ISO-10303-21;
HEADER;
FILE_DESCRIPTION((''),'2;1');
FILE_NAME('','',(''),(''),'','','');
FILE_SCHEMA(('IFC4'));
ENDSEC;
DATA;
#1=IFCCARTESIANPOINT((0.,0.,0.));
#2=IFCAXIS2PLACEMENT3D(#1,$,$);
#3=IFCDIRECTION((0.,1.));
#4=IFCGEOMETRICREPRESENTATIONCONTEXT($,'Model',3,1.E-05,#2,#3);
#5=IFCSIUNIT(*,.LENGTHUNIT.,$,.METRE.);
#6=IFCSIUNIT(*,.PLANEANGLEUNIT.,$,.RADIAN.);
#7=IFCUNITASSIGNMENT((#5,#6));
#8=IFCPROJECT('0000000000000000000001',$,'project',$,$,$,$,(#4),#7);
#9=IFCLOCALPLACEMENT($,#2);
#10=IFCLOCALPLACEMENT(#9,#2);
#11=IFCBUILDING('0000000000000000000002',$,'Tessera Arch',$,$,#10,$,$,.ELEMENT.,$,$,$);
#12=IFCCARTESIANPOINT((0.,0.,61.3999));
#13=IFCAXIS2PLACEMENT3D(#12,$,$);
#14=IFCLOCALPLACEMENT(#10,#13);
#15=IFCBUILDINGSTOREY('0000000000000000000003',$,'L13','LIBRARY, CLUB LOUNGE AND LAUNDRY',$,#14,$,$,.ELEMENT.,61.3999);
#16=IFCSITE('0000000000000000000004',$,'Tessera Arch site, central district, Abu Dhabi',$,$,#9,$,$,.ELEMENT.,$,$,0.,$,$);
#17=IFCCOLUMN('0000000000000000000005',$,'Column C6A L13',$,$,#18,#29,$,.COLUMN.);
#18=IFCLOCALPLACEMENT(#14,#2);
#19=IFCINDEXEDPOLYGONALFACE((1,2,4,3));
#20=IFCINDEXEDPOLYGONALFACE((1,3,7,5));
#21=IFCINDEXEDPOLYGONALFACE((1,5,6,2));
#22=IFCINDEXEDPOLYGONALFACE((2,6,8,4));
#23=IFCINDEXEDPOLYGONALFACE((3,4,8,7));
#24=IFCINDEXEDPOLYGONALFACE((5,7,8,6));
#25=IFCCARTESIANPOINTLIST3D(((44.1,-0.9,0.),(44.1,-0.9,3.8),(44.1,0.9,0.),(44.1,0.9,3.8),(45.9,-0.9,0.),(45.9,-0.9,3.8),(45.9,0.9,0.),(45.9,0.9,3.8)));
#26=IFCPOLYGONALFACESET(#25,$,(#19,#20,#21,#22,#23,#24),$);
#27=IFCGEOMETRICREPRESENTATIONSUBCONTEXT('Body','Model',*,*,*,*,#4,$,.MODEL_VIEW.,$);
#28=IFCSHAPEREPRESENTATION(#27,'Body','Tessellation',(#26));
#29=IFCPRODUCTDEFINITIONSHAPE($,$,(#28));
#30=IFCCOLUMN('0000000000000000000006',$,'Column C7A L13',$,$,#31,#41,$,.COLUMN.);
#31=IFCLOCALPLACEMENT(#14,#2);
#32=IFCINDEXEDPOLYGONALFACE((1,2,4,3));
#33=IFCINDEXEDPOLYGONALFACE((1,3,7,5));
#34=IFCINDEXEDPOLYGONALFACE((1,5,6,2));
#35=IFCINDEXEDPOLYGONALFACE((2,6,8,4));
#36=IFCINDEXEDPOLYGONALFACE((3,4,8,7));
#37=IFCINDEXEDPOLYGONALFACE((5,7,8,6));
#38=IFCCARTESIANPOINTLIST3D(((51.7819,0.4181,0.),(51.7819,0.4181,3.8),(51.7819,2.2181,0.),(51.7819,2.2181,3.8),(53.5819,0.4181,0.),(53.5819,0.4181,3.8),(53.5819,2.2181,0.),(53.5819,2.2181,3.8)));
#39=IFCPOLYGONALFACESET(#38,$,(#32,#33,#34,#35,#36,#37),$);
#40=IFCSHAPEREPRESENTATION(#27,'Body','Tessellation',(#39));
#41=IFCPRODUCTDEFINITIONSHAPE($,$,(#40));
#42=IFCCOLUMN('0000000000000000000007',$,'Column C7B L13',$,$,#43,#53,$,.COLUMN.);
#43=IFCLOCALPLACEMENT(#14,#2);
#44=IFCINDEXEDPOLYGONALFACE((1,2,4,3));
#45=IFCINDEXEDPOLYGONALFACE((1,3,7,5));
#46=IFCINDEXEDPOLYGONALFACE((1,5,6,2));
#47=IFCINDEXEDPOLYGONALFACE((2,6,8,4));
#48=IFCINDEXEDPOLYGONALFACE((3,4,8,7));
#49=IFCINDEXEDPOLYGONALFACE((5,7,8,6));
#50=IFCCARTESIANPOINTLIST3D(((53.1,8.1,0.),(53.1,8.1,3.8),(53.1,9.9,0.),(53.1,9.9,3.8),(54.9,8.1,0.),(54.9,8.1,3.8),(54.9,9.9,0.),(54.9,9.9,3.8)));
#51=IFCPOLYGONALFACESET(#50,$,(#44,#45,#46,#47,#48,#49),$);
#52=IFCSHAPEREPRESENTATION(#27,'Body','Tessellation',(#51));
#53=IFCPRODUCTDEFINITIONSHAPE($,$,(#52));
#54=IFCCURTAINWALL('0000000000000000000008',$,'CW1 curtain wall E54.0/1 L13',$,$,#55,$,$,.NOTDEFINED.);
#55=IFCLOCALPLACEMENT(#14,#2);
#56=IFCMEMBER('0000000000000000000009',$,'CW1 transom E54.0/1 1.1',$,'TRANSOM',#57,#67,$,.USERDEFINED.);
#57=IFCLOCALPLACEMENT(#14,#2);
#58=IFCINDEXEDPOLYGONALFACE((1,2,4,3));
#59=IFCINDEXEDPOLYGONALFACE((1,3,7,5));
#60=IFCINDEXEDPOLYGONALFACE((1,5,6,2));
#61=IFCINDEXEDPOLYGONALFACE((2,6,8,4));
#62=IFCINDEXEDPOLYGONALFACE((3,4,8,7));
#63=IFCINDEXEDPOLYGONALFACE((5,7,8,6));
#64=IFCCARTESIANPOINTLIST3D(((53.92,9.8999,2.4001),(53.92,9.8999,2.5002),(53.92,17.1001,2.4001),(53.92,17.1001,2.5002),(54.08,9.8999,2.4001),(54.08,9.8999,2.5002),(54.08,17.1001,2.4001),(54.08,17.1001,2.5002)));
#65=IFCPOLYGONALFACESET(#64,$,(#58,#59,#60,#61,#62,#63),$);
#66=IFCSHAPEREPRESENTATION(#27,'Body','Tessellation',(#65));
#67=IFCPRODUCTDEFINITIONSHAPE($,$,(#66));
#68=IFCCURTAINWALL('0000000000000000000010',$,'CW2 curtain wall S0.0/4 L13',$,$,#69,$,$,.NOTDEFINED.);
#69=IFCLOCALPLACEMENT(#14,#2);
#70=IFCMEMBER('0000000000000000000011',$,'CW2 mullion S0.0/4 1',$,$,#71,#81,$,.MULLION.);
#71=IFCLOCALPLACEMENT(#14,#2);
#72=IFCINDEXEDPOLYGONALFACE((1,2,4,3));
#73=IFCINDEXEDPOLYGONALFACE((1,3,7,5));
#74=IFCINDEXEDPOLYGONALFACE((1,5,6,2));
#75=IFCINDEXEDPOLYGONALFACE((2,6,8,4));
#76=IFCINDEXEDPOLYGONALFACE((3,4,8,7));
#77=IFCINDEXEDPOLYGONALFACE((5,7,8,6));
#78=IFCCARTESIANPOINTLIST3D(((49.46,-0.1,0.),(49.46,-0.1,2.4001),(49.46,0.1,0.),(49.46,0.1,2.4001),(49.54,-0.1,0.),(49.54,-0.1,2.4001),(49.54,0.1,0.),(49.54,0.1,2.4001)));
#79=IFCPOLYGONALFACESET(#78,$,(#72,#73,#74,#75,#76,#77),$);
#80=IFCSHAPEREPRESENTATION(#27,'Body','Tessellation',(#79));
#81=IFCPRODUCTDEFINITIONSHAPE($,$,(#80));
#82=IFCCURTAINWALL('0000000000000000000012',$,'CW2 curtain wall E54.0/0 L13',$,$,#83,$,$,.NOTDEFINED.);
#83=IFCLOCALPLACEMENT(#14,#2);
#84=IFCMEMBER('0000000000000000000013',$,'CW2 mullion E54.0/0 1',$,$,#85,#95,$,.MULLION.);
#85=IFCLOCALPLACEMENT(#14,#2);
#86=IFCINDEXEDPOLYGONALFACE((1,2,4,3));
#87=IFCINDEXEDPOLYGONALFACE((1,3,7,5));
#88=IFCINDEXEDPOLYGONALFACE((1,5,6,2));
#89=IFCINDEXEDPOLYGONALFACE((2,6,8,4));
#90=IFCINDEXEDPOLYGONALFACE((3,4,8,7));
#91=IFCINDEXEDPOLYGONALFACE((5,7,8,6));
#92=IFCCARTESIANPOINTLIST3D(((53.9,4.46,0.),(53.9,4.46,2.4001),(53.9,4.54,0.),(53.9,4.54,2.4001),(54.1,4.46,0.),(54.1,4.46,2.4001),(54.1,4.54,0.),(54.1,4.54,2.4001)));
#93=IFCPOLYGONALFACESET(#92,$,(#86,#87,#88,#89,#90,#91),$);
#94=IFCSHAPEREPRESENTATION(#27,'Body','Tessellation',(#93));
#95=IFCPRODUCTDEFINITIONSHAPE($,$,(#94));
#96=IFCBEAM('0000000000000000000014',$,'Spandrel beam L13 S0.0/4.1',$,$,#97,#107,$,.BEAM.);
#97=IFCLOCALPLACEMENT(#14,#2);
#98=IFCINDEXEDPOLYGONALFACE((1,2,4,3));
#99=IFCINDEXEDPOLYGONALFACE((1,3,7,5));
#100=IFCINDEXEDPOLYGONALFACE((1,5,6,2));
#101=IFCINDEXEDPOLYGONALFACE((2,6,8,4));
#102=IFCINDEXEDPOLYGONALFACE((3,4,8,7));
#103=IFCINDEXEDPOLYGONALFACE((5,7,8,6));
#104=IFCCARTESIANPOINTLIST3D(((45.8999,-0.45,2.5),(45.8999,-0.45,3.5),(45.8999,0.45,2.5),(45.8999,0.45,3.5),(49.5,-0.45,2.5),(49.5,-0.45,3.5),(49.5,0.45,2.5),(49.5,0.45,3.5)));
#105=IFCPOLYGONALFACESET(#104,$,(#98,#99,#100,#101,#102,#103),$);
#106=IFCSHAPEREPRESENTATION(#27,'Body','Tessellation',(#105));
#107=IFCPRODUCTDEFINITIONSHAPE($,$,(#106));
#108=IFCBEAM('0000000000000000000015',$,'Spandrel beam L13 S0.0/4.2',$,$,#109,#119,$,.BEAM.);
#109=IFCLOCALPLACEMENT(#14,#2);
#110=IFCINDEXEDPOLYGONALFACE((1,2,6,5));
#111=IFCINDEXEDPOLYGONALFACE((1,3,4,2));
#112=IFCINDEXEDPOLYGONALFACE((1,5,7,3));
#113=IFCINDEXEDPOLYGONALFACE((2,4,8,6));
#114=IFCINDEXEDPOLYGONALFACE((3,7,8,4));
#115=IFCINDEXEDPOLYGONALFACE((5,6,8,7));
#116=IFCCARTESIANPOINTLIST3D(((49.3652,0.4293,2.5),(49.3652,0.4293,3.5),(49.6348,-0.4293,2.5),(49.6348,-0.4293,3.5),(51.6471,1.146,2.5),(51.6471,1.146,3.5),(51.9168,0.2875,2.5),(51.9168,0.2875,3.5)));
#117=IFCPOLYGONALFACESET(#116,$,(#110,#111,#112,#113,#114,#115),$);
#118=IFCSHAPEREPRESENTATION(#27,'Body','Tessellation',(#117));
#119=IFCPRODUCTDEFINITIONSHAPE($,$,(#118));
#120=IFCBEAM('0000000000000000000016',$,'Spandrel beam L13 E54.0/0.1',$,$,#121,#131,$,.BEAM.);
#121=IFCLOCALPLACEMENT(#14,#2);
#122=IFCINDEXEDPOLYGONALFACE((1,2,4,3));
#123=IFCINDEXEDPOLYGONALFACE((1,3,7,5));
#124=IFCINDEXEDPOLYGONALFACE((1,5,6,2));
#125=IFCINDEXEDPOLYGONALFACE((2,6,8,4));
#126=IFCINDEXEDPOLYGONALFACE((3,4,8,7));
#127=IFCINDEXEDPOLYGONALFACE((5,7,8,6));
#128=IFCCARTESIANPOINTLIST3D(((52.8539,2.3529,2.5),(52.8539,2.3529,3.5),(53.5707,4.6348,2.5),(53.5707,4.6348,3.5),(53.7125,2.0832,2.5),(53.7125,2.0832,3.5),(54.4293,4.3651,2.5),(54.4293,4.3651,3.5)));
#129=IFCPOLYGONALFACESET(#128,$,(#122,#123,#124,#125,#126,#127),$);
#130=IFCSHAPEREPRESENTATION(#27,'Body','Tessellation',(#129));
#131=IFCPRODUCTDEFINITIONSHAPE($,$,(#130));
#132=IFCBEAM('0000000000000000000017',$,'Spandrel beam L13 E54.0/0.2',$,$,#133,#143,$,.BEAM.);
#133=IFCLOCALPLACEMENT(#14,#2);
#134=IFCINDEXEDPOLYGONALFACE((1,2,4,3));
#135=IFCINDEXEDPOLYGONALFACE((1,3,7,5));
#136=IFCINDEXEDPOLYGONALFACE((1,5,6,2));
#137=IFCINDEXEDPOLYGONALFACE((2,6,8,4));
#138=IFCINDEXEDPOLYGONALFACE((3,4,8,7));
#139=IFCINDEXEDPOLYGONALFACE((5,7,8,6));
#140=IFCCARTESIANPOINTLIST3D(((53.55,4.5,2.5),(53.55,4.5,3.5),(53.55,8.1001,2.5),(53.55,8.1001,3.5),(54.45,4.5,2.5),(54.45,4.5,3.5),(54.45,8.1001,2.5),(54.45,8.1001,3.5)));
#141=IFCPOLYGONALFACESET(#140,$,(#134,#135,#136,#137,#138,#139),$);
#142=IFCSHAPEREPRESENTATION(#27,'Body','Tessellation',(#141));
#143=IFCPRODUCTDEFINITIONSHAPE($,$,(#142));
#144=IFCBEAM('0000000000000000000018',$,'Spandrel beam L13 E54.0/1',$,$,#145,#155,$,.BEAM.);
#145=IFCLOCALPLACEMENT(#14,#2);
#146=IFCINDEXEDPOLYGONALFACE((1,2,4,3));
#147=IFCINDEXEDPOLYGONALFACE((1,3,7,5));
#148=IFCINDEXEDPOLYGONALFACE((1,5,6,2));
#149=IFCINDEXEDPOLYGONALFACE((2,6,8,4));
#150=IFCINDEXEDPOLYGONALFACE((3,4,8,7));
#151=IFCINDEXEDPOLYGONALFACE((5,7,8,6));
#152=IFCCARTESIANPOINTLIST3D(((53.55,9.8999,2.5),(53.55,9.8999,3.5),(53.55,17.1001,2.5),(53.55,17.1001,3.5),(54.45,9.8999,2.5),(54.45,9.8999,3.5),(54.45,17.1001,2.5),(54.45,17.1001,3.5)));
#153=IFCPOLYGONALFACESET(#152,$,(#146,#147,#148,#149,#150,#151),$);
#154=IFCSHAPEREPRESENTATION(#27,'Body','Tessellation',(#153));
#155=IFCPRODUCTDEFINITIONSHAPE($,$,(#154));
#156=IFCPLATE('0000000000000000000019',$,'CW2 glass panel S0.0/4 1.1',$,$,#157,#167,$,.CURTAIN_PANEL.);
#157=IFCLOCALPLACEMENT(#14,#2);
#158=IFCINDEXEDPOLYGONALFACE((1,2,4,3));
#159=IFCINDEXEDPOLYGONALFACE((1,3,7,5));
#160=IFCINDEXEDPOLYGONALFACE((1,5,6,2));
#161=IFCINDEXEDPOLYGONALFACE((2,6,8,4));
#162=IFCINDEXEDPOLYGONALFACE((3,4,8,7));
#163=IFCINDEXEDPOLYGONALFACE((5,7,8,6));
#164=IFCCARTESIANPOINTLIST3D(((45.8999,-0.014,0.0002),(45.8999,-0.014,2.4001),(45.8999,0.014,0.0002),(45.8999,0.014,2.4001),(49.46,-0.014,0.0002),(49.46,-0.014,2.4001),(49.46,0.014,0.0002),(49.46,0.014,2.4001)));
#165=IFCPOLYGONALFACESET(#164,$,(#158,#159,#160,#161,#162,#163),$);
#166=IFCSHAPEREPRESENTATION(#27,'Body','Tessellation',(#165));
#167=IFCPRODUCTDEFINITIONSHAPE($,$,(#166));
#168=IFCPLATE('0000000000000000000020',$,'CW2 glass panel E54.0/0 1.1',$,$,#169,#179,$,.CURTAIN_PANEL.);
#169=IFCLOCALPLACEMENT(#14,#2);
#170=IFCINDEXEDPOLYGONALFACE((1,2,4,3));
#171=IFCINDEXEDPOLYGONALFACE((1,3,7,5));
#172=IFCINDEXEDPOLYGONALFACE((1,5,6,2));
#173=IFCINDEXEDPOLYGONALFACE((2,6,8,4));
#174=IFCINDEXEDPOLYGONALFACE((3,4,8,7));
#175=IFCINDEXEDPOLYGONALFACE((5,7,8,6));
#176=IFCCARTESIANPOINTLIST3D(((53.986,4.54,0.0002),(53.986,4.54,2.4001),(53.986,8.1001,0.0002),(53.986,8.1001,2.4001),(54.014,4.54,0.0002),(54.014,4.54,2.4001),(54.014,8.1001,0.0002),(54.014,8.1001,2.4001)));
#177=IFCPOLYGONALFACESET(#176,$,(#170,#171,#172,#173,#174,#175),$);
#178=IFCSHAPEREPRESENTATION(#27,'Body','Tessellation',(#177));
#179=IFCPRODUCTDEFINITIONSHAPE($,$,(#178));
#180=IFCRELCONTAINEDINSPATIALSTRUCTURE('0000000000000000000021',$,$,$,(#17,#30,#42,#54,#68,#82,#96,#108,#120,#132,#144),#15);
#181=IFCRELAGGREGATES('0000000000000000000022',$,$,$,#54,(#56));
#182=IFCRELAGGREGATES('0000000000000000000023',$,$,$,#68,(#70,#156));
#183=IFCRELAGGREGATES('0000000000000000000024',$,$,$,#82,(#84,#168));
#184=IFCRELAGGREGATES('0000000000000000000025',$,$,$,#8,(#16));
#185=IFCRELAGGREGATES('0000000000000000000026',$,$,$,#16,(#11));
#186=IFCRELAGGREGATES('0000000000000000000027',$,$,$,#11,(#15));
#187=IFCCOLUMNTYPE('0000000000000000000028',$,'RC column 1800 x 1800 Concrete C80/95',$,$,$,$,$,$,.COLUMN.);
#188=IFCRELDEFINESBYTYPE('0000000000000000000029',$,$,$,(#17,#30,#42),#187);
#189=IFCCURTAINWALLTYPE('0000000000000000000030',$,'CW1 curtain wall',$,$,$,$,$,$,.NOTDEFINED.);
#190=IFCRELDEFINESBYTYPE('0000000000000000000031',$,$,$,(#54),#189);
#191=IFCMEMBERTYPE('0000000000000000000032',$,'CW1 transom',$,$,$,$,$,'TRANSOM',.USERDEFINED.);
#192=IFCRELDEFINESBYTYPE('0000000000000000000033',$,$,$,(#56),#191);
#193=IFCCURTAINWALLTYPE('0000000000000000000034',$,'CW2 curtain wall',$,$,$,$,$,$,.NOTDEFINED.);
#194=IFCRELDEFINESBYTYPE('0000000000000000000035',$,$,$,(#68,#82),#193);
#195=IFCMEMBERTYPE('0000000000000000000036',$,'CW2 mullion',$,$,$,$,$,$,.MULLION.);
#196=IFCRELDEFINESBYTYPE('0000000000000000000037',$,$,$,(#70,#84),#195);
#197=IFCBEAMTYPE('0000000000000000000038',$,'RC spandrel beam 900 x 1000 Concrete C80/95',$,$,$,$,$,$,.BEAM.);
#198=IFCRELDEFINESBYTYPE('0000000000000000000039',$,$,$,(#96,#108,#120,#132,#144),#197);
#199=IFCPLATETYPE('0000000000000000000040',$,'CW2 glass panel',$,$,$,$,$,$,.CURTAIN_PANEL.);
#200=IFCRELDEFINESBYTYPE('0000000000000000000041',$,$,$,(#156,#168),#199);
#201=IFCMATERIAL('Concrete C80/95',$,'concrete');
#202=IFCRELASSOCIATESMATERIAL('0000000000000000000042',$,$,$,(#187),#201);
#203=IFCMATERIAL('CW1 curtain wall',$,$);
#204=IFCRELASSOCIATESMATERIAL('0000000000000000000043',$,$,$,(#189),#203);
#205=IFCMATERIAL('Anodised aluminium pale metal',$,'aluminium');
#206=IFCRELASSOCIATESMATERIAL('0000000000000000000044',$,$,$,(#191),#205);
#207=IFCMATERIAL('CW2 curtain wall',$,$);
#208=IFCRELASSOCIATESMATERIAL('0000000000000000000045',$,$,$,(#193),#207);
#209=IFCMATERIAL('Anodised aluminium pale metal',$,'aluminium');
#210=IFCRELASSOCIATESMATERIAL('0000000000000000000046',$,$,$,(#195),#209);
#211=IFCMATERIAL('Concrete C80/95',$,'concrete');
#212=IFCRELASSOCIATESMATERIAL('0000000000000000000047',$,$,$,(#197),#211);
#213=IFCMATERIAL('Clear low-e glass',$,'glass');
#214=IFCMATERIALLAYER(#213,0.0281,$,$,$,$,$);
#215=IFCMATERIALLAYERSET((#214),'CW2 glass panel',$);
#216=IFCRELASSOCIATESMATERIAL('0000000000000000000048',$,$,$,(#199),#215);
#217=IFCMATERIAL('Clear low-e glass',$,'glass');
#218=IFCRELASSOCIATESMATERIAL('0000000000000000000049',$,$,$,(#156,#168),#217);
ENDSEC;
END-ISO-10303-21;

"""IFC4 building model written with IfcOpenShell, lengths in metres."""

from ifc_helpers import new_model, si_unit, direction, frame, origin, origin_2d, place, context, subcontext, project, spatial, rectangle, extrude, material, layer, layer_set, material_profile, profile_set, type_object, element, aggregate, save


model = new_model("IFC4")

# Units and contexts
model_context = context("Model", 3, precision=1e-05, world=origin(), true_north=direction((0.0, 1.0)))
body_context = subcontext(model_context, "Body", "Model", "MODEL_VIEW")
ifc_project = project(units=[si_unit("LENGTHUNIT", "METRE"), si_unit("PLANEANGLEUNIT", "RADIAN")], contexts=[model_context])

# Site, building, storey
site_placement = place(None, origin())
site = spatial("IfcSite", under=ifc_project, at=site_placement, Name="Tessera Arch site, central district, Abu Dhabi", CompositionType="ELEMENT", RefElevation=0.0)
building_placement = place(site_placement, origin())
building = spatial("IfcBuilding", under=site, at=building_placement, Name="Tessera Arch", CompositionType="ELEMENT")
storey_placement = place(building_placement, frame((0.0, 0.0, 61.3999)))
storey = spatial("IfcBuildingStorey", under=building, at=storey_placement, Name="L13", Description="LIBRARY, CLUB LOUNGE AND LAUNDRY", CompositionType="ELEMENT", Elevation=61.3999)

# Columns
ifc_material_1 = material(Name="Concrete C80/95", Category="concrete")
ifc_material_profile_1 = material_profile(ifc_material_1, rectangle(XDim=1.8, YDim=1.8, at=origin_2d()), Name="RC column 1800 x 1800 Concrete C80/95")
ifc_profile_set_1 = profile_set([ifc_material_profile_1], Name="Concrete C80/95")
column_type = type_object("IfcColumnType", Name="RC column 1800 x 1800 Concrete C80/95", PredefinedType="COLUMN", material=ifc_profile_set_1)
for number, where, z_axis, x_axis, name in (
    (1, (45.0, 0.0, 0.0), (0.0, 0.0, 1.0), (1.0, 0.0, 0.0), "Column C6A L13"),
    (2, (52.6819, 1.3181, 0.0), (0.0, 0.0, 1.0), (1.0, 0.0, 0.0), "Column C7A L13"),
    (3, (54.0, 9.0, 0.0), (0.0, 0.0, 1.0), (1.0, 0.0, 0.0), "Column C7B L13"),
):
    element("IfcColumn", number, at=place(storey_placement, frame(where, z_axis=z_axis, x_axis=x_axis)), inside=storey, type_object=column_type, Name=name, PredefinedType="COLUMN", context=body_context, shape_type="SweptSolid", body=[
        extrude(rectangle(XDim=1.8, YDim=1.8, at=origin_2d()), origin(), (0.0, 0.0, 1.0), 3.8),
    ])

# Curtain walls, members
ifc_material_2 = material(Name="CW1 curtain wall")
curtain_wall_type_1 = type_object("IfcCurtainWallType", Name="CW1 curtain wall", PredefinedType="NOTDEFINED", material=ifc_material_2)
curtain_wall_1_placement = place(storey_placement, origin())
curtain_wall_1 = element("IfcCurtainWall", 4, at=curtain_wall_1_placement, inside=storey, type_object=curtain_wall_type_1, Name="CW1 curtain wall E54.0/1 L13", PredefinedType="NOTDEFINED")
ifc_material_3 = material(Name="Anodised aluminium pale metal", Category="aluminium")
ifc_material_profile_2 = material_profile(ifc_material_3, rectangle(XDim=0.1599, YDim=0.1001, at=origin_2d()), Name="AL 160x100")
ifc_profile_set_2 = profile_set([ifc_material_profile_2], Name="Anodised aluminium pale metal")
member_type_1 = type_object("IfcMemberType", Name="CW1 transom", ElementType="TRANSOM", PredefinedType="USERDEFINED", material=ifc_profile_set_2)
member_1_placement = place(storey_placement, frame((54.0, 9.8999, 2.4502), z_axis=(0.0, 1.0, 0.0), x_axis=(-1.0, 0.0, 0.0)))
member_1 = element("IfcMember", 5, at=member_1_placement, type_object=member_type_1, Name="CW1 transom E54.0/1 1.1", ObjectType="TRANSOM", PredefinedType="USERDEFINED", context=body_context, shape_type="SweptSolid", body=[
    extrude(rectangle(XDim=0.1599, YDim=0.1001, at=origin_2d()), origin(), (0.0, 0.0, 1.0), 7.2002),
])
aggregate(curtain_wall_1, [member_1])
ifc_material_4 = material(Name="CW2 curtain wall")
curtain_wall_type_2 = type_object("IfcCurtainWallType", Name="CW2 curtain wall", PredefinedType="NOTDEFINED", material=ifc_material_4)
curtain_wall_2_placement = place(storey_placement, origin())
curtain_wall_2 = element("IfcCurtainWall", 6, at=curtain_wall_2_placement, inside=storey, type_object=curtain_wall_type_2, Name="CW2 curtain wall S0.0/4 L13", PredefinedType="NOTDEFINED")
ifc_material_5 = material(Name="Anodised aluminium pale metal", Category="aluminium")
ifc_material_profile_3 = material_profile(ifc_material_5, rectangle(XDim=0.2, YDim=0.0801, at=origin_2d()), Name="AL 80x200")
ifc_profile_set_3 = profile_set([ifc_material_profile_3], Name="Anodised aluminium pale metal")
member_type_2 = type_object("IfcMemberType", Name="CW2 mullion", PredefinedType="MULLION", material=ifc_profile_set_3)
member_2_placement = place(storey_placement, frame((49.5, 0.0, 0.0), z_axis=(0.0, 0.0, 1.0), x_axis=(0.0, 1.0, 0.0)))
member_2 = element("IfcMember", 7, at=member_2_placement, type_object=member_type_2, Name="CW2 mullion S0.0/4 1", PredefinedType="MULLION", context=body_context, shape_type="SweptSolid", body=[
    extrude(rectangle(XDim=0.2, YDim=0.0801, at=origin_2d()), origin(), (0.0, 0.0, 1.0), 2.4001),
])
curtain_wall_3_placement = place(storey_placement, origin())
curtain_wall_3 = element("IfcCurtainWall", 8, at=curtain_wall_3_placement, inside=storey, type_object=curtain_wall_type_2, Name="CW2 curtain wall E54.0/0 L13", PredefinedType="NOTDEFINED")
member_3_placement = place(storey_placement, frame((54.0, 4.5, 0.0), z_axis=(0.0, 0.0, 1.0), x_axis=(-1.0, 0.0, 0.0)))
member_3 = element("IfcMember", 9, at=member_3_placement, type_object=member_type_2, Name="CW2 mullion E54.0/0 1", PredefinedType="MULLION", context=body_context, shape_type="SweptSolid", body=[
    extrude(rectangle(XDim=0.2, YDim=0.0801, at=origin_2d()), origin(), (0.0, 0.0, 1.0), 2.4001),
])

# Beams
ifc_material_6 = material(Name="Concrete C80/95", Category="concrete")
ifc_material_profile_4 = material_profile(ifc_material_6, rectangle(XDim=0.8999, YDim=1.0, at=origin_2d()), Name="RC spandrel beam 900 x 1000 Concrete C80/95")
ifc_profile_set_4 = profile_set([ifc_material_profile_4], Name="Concrete C80/95")
beam_type = type_object("IfcBeamType", Name="RC spandrel beam 900 x 1000 Concrete C80/95", PredefinedType="BEAM", material=ifc_profile_set_4)
beam_1_placement = place(storey_placement, frame((45.8999, 0.0, 3.0), z_axis=(1.0, 0.0, 0.0), x_axis=(0.0, 1.0, 0.0)))
element("IfcBeam", 10, at=beam_1_placement, inside=storey, type_object=beam_type, Name="Spandrel beam L13 S0.0/4.1", PredefinedType="BEAM", context=body_context, shape_type="SweptSolid", body=[
    extrude(rectangle(XDim=0.8999, YDim=1.0, at=origin_2d()), origin(), (0.0, 0.0, 1.0), 3.6001),
])
for number, where, z_axis, x_axis, name in (
    (11, (49.5, 0.0, 3.0), (0.954041, 0.299675, 0.0), (-0.299675, 0.954041, 0.0), "Spandrel beam L13 S0.0/4.2"),
    (12, (53.2832, 2.218, 3.0), (0.299675, 0.954041, 0.0), (-0.954041, 0.299675, 0.0), "Spandrel beam L13 E54.0/0.1"),
):
    element("IfcBeam", number, at=place(storey_placement, frame(where, z_axis=z_axis, x_axis=x_axis)), inside=storey, type_object=beam_type, Name=name, PredefinedType="BEAM", context=body_context, shape_type="SweptSolid", body=[
        extrude(rectangle(XDim=0.8999, YDim=1.0, at=origin_2d()), origin(), (0.0, 0.0, 1.0), 2.3918),
    ])
beam_2_placement = place(storey_placement, frame((54.0, 4.5, 3.0), z_axis=(0.0, 1.0, 0.0), x_axis=(-1.0, 0.0, 0.0)))
element("IfcBeam", 13, at=beam_2_placement, inside=storey, type_object=beam_type, Name="Spandrel beam L13 E54.0/0.2", PredefinedType="BEAM", context=body_context, shape_type="SweptSolid", body=[
    extrude(rectangle(XDim=0.8999, YDim=1.0, at=origin_2d()), origin(), (0.0, 0.0, 1.0), 3.6001),
])
beam_3_placement = place(storey_placement, frame((54.0, 9.8999, 3.0), z_axis=(0.0, 1.0, 0.0), x_axis=(-1.0, 0.0, 0.0)))
element("IfcBeam", 14, at=beam_3_placement, inside=storey, type_object=beam_type, Name="Spandrel beam L13 E54.0/1", PredefinedType="BEAM", context=body_context, shape_type="SweptSolid", body=[
    extrude(rectangle(XDim=0.8999, YDim=1.0, at=origin_2d()), origin(), (0.0, 0.0, 1.0), 7.2002),
])

# Plates
ifc_material_7 = material(Name="Clear low-e glass", Category="glass")
ifc_material_8 = material(Name="Clear low-e glass", Category="glass")
ifc_layer_1 = layer(ifc_material_8, 0.0281)
ifc_layer_set_1 = layer_set([ifc_layer_1], Name="CW2 glass panel")
plate_type = type_object("IfcPlateType", Name="CW2 glass panel", PredefinedType="CURTAIN_PANEL", material=ifc_layer_set_1)
plate_1_placement = place(storey_placement, frame((47.6799, 0.0, 0.0002), z_axis=(0.0, 0.0, 1.0), x_axis=(1.0, 0.0, 0.0)))
plate_1 = element("IfcPlate", 15, at=plate_1_placement, type_object=plate_type, material=ifc_material_7, Name="CW2 glass panel S0.0/4 1.1", PredefinedType="CURTAIN_PANEL", context=body_context, shape_type="SweptSolid", body=[
    extrude(rectangle(XDim=3.5601, YDim=0.0281, at=origin_2d()), origin(), (0.0, 0.0, 1.0), 2.3999),
])
aggregate(curtain_wall_2, [member_2, plate_1])
plate_2_placement = place(storey_placement, frame((54.0, 6.3201, 0.0002), z_axis=(0.0, 0.0, 1.0), x_axis=(0.0, 1.0, 0.0)))
plate_2 = element("IfcPlate", 16, at=plate_2_placement, type_object=plate_type, material=ifc_material_7, Name="CW2 glass panel E54.0/0 1.1", PredefinedType="CURTAIN_PANEL", context=body_context, shape_type="SweptSolid", body=[
    extrude(rectangle(XDim=3.5601, YDim=0.0281, at=origin_2d()), origin(), (0.0, 0.0, 1.0), 2.3999),
])
aggregate(curtain_wall_3, [member_3, plate_2])

save(model, "model.ifc")
